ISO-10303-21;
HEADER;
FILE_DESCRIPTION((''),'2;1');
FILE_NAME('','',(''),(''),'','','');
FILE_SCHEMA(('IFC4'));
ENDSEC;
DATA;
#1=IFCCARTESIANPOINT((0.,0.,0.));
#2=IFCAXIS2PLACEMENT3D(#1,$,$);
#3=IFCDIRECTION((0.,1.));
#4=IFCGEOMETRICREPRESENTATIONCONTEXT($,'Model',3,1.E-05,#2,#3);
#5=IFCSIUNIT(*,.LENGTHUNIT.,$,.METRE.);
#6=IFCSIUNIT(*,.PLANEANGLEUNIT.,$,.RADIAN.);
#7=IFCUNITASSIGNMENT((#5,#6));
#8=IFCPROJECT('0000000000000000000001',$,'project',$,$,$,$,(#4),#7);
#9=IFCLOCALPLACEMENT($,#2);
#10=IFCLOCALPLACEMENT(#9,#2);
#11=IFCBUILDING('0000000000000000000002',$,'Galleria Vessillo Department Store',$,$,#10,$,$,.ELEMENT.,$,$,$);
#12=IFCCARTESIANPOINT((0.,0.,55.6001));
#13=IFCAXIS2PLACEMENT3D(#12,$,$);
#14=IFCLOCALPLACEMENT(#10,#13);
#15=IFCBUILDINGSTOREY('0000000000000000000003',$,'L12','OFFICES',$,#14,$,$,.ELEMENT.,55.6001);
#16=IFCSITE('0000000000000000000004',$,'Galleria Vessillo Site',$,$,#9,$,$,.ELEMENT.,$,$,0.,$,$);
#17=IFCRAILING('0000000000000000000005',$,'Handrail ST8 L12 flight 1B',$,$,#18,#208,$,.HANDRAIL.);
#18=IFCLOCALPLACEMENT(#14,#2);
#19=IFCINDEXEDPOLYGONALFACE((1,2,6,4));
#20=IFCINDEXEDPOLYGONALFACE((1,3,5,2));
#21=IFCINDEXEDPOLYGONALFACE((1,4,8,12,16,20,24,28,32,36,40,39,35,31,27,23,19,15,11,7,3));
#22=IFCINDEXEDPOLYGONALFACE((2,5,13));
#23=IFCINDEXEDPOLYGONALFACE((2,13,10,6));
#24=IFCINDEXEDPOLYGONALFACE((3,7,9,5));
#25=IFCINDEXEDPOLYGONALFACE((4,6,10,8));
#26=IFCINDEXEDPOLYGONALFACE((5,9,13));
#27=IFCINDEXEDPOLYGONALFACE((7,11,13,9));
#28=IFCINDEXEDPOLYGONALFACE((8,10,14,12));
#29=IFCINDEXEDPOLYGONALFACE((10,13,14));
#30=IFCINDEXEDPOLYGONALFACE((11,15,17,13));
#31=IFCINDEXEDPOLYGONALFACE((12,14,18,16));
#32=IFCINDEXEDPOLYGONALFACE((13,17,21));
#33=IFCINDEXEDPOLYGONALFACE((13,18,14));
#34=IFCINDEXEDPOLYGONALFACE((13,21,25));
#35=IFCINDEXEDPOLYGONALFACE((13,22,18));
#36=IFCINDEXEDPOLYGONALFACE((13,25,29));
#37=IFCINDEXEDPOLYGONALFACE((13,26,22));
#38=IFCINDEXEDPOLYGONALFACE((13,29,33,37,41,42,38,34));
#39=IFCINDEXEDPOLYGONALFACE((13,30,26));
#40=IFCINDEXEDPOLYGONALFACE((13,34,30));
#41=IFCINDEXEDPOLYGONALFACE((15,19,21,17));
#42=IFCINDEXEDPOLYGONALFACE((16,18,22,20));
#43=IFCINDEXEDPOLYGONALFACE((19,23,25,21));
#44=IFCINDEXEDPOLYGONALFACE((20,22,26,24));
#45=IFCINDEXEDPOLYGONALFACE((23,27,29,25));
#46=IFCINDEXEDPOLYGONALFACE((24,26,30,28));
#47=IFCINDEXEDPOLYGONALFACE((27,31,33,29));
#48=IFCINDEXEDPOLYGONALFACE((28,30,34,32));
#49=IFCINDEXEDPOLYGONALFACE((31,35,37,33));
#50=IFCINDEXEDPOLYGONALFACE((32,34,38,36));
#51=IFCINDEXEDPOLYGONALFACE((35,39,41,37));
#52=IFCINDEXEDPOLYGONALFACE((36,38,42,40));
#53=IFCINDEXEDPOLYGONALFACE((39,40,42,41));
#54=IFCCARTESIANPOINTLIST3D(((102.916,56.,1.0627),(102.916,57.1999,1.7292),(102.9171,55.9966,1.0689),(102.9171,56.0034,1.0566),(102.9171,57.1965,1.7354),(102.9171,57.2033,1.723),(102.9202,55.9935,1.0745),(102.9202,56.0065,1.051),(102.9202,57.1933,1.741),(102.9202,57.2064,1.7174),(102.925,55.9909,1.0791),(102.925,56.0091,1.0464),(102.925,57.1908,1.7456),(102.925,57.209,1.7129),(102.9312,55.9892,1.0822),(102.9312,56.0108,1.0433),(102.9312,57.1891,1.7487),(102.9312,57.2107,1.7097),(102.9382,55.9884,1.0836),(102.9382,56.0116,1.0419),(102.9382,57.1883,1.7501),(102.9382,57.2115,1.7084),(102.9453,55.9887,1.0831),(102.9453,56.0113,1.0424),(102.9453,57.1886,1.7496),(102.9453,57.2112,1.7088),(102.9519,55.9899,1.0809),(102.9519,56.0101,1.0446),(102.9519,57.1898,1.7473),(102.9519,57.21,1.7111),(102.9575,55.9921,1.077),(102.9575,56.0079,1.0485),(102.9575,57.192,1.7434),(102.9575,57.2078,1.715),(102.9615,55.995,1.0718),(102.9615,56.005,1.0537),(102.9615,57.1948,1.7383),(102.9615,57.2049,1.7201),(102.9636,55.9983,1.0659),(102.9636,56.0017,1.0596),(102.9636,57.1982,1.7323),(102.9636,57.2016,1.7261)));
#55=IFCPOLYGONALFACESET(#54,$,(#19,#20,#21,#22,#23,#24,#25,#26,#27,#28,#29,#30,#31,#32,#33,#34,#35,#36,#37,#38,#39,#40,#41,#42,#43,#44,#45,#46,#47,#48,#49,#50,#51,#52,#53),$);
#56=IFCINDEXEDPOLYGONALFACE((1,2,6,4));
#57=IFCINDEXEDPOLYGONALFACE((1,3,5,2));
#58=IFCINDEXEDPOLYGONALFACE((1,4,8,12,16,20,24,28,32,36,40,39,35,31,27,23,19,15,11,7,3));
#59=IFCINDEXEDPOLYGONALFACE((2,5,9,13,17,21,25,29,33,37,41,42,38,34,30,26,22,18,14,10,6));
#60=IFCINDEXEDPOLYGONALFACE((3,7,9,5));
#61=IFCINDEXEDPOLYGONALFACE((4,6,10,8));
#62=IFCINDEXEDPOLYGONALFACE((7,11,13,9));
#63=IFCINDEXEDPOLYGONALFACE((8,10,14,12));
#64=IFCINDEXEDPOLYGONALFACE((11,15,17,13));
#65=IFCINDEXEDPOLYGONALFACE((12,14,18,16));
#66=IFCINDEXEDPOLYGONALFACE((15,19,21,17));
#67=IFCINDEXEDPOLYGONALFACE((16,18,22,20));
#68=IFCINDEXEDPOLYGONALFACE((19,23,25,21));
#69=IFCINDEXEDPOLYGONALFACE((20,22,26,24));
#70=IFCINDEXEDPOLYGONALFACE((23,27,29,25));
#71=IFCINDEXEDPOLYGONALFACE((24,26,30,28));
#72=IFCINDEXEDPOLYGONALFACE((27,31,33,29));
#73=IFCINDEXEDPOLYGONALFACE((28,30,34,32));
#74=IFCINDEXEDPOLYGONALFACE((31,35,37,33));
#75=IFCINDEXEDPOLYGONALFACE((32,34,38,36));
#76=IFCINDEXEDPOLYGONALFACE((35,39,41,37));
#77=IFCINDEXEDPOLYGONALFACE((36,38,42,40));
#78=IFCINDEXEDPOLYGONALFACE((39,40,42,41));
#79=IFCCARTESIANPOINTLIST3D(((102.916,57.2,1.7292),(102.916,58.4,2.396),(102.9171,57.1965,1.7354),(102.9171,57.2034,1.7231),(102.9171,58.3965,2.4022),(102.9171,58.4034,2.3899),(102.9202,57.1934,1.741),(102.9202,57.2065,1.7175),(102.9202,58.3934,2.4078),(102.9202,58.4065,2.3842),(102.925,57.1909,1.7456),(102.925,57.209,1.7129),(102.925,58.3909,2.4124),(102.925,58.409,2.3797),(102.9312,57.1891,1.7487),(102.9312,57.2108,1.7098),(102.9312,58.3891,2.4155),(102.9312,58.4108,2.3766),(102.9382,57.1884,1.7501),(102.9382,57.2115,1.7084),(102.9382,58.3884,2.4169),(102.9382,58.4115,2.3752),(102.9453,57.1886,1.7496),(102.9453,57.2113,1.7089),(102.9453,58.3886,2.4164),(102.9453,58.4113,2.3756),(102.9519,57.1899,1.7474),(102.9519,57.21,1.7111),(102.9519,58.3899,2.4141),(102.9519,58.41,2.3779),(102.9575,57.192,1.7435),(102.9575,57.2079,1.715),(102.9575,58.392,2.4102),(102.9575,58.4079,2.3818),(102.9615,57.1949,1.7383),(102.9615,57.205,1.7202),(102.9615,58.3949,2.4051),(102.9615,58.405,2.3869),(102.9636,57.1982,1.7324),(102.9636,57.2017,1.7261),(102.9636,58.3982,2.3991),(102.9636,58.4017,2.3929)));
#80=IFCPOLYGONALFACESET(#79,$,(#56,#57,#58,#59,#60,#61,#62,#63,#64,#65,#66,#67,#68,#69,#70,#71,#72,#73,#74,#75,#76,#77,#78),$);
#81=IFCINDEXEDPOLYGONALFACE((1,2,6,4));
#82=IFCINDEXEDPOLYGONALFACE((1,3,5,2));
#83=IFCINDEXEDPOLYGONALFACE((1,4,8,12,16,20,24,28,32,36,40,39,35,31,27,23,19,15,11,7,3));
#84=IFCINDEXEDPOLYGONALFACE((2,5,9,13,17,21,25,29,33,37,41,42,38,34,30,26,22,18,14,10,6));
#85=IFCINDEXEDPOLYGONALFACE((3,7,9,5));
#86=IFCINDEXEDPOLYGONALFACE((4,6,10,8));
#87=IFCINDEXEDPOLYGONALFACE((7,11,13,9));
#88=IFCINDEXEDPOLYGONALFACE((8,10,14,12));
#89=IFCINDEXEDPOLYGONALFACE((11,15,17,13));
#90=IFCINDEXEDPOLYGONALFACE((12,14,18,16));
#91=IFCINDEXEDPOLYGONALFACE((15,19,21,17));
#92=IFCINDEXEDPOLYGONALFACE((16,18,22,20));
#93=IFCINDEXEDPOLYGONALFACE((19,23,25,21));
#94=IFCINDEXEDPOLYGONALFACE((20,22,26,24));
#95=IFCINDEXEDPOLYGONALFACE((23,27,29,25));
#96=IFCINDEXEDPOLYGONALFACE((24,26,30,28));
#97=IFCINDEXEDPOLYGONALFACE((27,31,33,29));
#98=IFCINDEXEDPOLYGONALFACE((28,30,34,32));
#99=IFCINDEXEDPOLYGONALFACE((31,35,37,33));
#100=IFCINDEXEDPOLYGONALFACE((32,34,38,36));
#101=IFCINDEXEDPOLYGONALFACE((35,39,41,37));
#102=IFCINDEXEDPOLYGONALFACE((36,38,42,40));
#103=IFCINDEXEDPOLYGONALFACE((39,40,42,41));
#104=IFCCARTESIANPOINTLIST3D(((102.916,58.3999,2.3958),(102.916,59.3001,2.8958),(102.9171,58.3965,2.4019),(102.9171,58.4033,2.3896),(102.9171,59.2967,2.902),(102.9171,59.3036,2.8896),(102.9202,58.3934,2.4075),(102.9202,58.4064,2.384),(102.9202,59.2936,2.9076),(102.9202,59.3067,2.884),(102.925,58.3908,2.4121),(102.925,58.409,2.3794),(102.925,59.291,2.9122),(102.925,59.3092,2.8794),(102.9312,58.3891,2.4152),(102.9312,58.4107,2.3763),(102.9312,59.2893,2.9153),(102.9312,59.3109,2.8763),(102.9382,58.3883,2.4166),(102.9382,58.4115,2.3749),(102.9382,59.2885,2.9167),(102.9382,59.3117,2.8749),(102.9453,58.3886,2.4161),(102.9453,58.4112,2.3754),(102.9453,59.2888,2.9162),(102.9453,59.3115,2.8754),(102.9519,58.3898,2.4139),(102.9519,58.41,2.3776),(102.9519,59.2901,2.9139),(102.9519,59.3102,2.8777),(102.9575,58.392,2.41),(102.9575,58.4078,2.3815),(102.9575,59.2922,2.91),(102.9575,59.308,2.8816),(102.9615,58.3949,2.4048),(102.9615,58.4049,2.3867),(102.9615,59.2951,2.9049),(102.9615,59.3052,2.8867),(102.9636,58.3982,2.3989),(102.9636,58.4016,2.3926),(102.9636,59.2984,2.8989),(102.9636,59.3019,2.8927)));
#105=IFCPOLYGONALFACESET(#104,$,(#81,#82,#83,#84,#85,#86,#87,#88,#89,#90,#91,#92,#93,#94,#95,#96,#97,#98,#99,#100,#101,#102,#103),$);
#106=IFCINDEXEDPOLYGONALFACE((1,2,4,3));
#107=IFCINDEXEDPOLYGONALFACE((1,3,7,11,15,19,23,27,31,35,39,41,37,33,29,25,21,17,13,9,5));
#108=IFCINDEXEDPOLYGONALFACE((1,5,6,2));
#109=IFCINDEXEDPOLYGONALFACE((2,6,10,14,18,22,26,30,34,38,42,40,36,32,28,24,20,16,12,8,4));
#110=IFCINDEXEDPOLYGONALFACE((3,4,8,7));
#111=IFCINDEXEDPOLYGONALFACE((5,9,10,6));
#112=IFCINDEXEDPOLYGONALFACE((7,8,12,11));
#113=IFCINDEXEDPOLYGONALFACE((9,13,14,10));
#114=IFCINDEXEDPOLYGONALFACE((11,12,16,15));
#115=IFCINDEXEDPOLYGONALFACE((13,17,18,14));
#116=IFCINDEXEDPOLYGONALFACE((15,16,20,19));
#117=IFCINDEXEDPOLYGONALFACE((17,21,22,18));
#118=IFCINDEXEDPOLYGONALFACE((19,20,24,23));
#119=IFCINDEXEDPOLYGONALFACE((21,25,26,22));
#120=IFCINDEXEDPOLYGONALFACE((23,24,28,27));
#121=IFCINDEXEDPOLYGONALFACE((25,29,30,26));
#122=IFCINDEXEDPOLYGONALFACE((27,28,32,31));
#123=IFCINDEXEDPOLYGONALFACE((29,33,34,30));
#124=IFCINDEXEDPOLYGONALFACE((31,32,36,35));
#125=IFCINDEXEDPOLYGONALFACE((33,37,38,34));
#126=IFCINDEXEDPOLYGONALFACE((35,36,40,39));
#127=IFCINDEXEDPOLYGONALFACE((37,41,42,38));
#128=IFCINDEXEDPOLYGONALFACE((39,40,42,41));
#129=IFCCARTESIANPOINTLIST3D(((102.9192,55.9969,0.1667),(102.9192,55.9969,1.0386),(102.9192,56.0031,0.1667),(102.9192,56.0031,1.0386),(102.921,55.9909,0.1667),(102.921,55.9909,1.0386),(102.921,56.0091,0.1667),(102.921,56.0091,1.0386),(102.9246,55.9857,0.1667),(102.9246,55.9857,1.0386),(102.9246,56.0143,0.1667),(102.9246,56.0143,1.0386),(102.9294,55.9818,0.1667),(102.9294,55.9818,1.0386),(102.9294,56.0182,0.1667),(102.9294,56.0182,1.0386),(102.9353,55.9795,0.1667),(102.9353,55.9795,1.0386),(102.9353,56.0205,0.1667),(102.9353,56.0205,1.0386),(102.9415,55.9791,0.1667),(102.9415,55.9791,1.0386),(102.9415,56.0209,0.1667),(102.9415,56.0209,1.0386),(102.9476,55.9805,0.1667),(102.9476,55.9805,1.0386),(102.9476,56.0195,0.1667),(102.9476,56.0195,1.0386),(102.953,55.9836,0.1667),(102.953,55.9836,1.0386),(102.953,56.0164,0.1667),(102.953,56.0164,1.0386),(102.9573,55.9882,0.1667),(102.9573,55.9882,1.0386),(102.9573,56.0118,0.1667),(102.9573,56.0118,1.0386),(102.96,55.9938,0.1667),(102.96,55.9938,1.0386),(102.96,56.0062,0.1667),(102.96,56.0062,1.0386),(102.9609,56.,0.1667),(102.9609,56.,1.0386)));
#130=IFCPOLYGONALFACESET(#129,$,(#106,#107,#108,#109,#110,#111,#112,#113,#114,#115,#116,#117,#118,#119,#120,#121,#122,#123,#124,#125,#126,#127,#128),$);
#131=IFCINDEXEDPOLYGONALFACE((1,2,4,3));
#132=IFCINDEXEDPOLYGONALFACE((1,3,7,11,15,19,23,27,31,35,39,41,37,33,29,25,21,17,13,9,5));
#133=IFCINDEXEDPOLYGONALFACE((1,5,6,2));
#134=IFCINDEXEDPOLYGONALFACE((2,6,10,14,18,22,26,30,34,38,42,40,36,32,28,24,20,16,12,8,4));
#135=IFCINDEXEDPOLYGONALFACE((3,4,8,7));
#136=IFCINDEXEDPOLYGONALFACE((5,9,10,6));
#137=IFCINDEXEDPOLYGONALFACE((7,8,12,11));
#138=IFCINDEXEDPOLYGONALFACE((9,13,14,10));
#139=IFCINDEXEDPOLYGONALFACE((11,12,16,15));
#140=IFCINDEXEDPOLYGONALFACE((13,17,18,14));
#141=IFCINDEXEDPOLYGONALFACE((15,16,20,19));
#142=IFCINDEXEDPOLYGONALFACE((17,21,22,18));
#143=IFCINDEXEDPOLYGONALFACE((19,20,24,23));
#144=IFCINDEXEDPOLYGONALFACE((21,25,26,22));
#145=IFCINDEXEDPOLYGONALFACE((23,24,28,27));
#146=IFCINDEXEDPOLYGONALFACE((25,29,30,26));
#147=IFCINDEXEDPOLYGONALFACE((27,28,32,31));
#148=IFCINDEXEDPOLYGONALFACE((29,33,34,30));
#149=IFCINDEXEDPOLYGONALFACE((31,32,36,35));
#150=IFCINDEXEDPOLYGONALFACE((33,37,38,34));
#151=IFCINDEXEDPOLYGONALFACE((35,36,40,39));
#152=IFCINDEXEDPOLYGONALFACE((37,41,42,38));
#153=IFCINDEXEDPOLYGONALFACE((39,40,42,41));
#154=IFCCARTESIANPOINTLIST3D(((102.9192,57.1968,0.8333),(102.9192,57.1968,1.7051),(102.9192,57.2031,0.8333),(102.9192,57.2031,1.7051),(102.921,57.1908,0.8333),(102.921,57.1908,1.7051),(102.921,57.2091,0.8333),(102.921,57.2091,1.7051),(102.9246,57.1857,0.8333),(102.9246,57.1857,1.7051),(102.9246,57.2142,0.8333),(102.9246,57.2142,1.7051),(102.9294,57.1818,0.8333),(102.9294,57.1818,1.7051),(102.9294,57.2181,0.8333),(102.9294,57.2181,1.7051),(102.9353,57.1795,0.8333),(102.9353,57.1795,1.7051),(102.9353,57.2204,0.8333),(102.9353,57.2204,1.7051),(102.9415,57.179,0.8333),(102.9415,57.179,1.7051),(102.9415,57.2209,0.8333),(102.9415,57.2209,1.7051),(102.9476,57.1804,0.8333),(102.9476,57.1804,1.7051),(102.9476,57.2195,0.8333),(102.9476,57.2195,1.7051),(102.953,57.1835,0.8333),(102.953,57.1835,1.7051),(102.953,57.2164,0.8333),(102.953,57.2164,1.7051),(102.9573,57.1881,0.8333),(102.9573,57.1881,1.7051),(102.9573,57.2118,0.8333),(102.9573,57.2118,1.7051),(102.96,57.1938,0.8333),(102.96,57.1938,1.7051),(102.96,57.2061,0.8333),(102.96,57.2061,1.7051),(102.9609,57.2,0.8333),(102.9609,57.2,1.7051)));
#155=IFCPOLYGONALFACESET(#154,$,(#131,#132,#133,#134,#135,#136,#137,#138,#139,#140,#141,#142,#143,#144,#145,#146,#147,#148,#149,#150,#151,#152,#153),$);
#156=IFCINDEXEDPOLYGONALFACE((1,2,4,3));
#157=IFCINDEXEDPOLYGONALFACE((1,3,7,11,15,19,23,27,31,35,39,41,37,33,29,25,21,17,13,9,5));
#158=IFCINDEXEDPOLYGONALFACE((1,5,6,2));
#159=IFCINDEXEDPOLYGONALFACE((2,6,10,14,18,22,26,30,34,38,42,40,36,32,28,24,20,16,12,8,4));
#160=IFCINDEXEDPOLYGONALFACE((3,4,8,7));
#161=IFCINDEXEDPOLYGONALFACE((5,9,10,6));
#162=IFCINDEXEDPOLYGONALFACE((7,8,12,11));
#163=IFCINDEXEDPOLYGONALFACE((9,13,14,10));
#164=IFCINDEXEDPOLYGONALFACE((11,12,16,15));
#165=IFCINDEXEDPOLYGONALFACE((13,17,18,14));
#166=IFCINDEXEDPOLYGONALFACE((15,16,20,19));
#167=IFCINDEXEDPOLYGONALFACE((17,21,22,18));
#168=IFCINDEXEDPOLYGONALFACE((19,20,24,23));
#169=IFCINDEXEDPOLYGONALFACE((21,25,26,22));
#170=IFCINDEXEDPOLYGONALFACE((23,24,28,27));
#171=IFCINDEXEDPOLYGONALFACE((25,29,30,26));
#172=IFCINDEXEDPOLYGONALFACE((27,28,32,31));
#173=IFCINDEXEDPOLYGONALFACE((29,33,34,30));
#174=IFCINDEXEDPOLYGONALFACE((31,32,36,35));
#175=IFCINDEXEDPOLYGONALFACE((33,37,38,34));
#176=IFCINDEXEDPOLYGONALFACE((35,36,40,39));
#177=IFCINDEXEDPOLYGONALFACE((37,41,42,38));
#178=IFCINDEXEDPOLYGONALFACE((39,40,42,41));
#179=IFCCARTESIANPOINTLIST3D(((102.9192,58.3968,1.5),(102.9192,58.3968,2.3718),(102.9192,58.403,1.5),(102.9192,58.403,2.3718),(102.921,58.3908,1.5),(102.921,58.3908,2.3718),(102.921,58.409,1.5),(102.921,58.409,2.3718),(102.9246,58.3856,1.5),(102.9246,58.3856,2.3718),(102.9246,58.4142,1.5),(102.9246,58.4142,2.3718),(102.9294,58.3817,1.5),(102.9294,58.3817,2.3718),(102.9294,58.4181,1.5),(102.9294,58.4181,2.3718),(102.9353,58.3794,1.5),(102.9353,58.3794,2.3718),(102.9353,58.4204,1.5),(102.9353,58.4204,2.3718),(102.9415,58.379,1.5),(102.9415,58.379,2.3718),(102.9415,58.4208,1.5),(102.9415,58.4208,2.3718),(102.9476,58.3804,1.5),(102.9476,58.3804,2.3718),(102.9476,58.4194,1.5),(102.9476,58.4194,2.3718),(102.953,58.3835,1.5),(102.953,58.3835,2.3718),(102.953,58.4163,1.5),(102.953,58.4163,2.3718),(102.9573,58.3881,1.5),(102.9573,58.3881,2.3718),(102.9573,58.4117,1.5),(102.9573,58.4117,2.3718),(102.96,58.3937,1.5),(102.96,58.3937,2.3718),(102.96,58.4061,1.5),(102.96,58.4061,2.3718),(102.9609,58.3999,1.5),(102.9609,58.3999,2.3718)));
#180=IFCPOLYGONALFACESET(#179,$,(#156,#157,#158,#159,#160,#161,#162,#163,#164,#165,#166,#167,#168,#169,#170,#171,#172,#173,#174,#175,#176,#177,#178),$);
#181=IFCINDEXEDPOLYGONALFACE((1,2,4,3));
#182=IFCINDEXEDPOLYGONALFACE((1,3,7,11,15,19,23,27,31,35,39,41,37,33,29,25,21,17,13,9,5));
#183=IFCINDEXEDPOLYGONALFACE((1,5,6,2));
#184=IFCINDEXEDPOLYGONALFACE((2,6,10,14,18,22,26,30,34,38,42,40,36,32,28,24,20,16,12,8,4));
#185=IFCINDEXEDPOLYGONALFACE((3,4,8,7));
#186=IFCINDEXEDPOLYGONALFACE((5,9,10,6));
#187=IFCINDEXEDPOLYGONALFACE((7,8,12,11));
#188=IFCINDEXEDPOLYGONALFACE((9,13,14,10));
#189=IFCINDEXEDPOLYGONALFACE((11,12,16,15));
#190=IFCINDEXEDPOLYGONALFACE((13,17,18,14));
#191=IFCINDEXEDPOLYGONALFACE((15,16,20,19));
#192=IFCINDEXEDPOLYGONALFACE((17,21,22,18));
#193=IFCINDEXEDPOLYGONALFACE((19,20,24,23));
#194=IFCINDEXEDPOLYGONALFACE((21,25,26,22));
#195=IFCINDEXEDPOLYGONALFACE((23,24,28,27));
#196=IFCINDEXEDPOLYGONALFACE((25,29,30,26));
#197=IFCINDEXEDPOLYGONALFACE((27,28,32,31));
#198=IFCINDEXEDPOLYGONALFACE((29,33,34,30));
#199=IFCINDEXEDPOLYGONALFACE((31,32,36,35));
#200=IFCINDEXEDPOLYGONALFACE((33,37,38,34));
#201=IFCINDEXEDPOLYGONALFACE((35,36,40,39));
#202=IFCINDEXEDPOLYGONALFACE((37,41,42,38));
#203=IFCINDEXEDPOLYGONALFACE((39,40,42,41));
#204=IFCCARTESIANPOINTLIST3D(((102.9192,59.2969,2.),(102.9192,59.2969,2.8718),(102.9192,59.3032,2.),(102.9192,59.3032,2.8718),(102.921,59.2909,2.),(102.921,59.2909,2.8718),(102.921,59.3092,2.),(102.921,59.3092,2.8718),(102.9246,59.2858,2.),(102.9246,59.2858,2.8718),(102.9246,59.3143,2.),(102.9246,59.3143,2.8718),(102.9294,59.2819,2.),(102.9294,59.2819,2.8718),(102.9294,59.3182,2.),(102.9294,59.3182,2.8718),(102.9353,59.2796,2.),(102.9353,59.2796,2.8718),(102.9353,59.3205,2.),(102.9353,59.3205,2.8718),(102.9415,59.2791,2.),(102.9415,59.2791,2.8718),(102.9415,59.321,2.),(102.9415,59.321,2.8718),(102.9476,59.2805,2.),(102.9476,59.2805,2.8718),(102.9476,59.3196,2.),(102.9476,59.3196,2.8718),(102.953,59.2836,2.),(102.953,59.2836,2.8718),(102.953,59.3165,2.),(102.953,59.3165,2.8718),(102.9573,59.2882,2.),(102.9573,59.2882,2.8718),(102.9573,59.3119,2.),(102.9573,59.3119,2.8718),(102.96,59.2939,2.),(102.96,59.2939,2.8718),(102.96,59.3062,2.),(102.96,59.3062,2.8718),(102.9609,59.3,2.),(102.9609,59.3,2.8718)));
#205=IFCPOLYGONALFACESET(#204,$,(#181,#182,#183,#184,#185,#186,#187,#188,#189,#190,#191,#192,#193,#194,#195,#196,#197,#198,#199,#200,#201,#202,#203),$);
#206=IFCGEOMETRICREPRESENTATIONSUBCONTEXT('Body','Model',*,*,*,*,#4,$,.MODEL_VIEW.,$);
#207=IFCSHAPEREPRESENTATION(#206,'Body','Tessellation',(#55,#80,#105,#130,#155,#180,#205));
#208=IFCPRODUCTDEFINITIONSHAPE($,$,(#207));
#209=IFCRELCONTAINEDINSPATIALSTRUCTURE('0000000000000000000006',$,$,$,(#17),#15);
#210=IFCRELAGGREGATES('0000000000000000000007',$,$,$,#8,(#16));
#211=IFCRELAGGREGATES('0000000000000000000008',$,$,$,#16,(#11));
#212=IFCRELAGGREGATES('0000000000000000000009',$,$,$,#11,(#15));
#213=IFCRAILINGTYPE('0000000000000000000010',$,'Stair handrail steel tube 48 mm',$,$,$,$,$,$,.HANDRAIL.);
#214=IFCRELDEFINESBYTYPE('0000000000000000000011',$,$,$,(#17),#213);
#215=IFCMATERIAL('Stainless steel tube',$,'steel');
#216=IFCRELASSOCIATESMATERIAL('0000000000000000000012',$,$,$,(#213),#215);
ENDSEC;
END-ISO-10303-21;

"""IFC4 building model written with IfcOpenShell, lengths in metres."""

from ifc_helpers import new_model, si_unit, direction, frame, origin, origin_2d, place, context, subcontext, project, spatial, circle, extrude, material, type_object, element, save


model = new_model("IFC4")

# Units and contexts
model_context = context("Model", 3, precision=1e-05, world=origin(), true_north=direction((0.0, 1.0)))
body_context = subcontext(model_context, "Body", "Model", "MODEL_VIEW")
ifc_project = project(units=[si_unit("LENGTHUNIT", "METRE"), si_unit("PLANEANGLEUNIT", "RADIAN")], contexts=[model_context])

# Site, building, storey
site_placement = place(None, origin())
site = spatial("IfcSite", under=ifc_project, at=site_placement, Name="Galleria Vessillo Site", CompositionType="ELEMENT", RefElevation=0.0)
building_placement = place(site_placement, origin())
building = spatial("IfcBuilding", under=site, at=building_placement, Name="Galleria Vessillo Department Store", CompositionType="ELEMENT")
storey_placement = place(building_placement, frame((0.0, 0.0, 55.6001)))
storey = spatial("IfcBuildingStorey", under=building, at=storey_placement, Name="L12", Description="OFFICES", CompositionType="ELEMENT", Elevation=55.6001)

# Railing
ifc_material_1 = material(Name="Stainless steel tube", Category="steel")
railing_type = type_object("IfcRailingType", Name="Stair handrail steel tube 48 mm", PredefinedType="HANDRAIL", material=ifc_material_1)
for number, where, name in (
    (1, (102.9399, 56.0, 0.1667), "Handrail ST8 L12 flight 1B"),
):
    element("IfcRailing", number, at=place(storey_placement, frame(where)), inside=storey, type_object=railing_type, Name=name, PredefinedType="HANDRAIL", context=body_context, shape_type="SweptSolid", body=[
        extrude(circle(Radius=0.0239, at=origin_2d()), frame((0.0, 0.0, 0.896), z_axis=(0.0, 0.874199, 0.485567), x_axis=(-1.0, 0.0, 0.0)), (0.0, 0.0, 1.0), 1.3726),
        extrude(circle(Radius=0.0239, at=origin_2d()), frame((0.0, 1.2, 1.5625), z_axis=(0.0, 0.874124, 0.485703), x_axis=(-1.0, 0.0, 0.0)), (0.0, 0.0, 1.0), 1.3728),
        extrude(circle(Radius=0.0239, at=origin_2d()), frame((0.0, 2.3999, 2.229), z_axis=(0.0, 0.874191, 0.485583), x_axis=(-1.0, 0.0, 0.0)), (0.0, 0.0, 1.0), 1.0298),
        extrude(circle(Radius=0.021, at=origin_2d()), origin(), (0.0, 0.0, 1.0), 0.8718),
        extrude(circle(Radius=0.021, at=origin_2d()), frame((0.0, 1.2, 0.6665)), (0.0, 0.0, 1.0), 0.8718),
        extrude(circle(Radius=0.021, at=origin_2d()), frame((0.0, 2.3999, 1.3333)), (0.0, 0.0, 1.0), 0.8718),
        extrude(circle(Radius=0.021, at=origin_2d()), frame((0.0, 3.3, 1.8333)), (0.0, 0.0, 1.0), 0.8718),
    ])

save(model, "model.ifc")
